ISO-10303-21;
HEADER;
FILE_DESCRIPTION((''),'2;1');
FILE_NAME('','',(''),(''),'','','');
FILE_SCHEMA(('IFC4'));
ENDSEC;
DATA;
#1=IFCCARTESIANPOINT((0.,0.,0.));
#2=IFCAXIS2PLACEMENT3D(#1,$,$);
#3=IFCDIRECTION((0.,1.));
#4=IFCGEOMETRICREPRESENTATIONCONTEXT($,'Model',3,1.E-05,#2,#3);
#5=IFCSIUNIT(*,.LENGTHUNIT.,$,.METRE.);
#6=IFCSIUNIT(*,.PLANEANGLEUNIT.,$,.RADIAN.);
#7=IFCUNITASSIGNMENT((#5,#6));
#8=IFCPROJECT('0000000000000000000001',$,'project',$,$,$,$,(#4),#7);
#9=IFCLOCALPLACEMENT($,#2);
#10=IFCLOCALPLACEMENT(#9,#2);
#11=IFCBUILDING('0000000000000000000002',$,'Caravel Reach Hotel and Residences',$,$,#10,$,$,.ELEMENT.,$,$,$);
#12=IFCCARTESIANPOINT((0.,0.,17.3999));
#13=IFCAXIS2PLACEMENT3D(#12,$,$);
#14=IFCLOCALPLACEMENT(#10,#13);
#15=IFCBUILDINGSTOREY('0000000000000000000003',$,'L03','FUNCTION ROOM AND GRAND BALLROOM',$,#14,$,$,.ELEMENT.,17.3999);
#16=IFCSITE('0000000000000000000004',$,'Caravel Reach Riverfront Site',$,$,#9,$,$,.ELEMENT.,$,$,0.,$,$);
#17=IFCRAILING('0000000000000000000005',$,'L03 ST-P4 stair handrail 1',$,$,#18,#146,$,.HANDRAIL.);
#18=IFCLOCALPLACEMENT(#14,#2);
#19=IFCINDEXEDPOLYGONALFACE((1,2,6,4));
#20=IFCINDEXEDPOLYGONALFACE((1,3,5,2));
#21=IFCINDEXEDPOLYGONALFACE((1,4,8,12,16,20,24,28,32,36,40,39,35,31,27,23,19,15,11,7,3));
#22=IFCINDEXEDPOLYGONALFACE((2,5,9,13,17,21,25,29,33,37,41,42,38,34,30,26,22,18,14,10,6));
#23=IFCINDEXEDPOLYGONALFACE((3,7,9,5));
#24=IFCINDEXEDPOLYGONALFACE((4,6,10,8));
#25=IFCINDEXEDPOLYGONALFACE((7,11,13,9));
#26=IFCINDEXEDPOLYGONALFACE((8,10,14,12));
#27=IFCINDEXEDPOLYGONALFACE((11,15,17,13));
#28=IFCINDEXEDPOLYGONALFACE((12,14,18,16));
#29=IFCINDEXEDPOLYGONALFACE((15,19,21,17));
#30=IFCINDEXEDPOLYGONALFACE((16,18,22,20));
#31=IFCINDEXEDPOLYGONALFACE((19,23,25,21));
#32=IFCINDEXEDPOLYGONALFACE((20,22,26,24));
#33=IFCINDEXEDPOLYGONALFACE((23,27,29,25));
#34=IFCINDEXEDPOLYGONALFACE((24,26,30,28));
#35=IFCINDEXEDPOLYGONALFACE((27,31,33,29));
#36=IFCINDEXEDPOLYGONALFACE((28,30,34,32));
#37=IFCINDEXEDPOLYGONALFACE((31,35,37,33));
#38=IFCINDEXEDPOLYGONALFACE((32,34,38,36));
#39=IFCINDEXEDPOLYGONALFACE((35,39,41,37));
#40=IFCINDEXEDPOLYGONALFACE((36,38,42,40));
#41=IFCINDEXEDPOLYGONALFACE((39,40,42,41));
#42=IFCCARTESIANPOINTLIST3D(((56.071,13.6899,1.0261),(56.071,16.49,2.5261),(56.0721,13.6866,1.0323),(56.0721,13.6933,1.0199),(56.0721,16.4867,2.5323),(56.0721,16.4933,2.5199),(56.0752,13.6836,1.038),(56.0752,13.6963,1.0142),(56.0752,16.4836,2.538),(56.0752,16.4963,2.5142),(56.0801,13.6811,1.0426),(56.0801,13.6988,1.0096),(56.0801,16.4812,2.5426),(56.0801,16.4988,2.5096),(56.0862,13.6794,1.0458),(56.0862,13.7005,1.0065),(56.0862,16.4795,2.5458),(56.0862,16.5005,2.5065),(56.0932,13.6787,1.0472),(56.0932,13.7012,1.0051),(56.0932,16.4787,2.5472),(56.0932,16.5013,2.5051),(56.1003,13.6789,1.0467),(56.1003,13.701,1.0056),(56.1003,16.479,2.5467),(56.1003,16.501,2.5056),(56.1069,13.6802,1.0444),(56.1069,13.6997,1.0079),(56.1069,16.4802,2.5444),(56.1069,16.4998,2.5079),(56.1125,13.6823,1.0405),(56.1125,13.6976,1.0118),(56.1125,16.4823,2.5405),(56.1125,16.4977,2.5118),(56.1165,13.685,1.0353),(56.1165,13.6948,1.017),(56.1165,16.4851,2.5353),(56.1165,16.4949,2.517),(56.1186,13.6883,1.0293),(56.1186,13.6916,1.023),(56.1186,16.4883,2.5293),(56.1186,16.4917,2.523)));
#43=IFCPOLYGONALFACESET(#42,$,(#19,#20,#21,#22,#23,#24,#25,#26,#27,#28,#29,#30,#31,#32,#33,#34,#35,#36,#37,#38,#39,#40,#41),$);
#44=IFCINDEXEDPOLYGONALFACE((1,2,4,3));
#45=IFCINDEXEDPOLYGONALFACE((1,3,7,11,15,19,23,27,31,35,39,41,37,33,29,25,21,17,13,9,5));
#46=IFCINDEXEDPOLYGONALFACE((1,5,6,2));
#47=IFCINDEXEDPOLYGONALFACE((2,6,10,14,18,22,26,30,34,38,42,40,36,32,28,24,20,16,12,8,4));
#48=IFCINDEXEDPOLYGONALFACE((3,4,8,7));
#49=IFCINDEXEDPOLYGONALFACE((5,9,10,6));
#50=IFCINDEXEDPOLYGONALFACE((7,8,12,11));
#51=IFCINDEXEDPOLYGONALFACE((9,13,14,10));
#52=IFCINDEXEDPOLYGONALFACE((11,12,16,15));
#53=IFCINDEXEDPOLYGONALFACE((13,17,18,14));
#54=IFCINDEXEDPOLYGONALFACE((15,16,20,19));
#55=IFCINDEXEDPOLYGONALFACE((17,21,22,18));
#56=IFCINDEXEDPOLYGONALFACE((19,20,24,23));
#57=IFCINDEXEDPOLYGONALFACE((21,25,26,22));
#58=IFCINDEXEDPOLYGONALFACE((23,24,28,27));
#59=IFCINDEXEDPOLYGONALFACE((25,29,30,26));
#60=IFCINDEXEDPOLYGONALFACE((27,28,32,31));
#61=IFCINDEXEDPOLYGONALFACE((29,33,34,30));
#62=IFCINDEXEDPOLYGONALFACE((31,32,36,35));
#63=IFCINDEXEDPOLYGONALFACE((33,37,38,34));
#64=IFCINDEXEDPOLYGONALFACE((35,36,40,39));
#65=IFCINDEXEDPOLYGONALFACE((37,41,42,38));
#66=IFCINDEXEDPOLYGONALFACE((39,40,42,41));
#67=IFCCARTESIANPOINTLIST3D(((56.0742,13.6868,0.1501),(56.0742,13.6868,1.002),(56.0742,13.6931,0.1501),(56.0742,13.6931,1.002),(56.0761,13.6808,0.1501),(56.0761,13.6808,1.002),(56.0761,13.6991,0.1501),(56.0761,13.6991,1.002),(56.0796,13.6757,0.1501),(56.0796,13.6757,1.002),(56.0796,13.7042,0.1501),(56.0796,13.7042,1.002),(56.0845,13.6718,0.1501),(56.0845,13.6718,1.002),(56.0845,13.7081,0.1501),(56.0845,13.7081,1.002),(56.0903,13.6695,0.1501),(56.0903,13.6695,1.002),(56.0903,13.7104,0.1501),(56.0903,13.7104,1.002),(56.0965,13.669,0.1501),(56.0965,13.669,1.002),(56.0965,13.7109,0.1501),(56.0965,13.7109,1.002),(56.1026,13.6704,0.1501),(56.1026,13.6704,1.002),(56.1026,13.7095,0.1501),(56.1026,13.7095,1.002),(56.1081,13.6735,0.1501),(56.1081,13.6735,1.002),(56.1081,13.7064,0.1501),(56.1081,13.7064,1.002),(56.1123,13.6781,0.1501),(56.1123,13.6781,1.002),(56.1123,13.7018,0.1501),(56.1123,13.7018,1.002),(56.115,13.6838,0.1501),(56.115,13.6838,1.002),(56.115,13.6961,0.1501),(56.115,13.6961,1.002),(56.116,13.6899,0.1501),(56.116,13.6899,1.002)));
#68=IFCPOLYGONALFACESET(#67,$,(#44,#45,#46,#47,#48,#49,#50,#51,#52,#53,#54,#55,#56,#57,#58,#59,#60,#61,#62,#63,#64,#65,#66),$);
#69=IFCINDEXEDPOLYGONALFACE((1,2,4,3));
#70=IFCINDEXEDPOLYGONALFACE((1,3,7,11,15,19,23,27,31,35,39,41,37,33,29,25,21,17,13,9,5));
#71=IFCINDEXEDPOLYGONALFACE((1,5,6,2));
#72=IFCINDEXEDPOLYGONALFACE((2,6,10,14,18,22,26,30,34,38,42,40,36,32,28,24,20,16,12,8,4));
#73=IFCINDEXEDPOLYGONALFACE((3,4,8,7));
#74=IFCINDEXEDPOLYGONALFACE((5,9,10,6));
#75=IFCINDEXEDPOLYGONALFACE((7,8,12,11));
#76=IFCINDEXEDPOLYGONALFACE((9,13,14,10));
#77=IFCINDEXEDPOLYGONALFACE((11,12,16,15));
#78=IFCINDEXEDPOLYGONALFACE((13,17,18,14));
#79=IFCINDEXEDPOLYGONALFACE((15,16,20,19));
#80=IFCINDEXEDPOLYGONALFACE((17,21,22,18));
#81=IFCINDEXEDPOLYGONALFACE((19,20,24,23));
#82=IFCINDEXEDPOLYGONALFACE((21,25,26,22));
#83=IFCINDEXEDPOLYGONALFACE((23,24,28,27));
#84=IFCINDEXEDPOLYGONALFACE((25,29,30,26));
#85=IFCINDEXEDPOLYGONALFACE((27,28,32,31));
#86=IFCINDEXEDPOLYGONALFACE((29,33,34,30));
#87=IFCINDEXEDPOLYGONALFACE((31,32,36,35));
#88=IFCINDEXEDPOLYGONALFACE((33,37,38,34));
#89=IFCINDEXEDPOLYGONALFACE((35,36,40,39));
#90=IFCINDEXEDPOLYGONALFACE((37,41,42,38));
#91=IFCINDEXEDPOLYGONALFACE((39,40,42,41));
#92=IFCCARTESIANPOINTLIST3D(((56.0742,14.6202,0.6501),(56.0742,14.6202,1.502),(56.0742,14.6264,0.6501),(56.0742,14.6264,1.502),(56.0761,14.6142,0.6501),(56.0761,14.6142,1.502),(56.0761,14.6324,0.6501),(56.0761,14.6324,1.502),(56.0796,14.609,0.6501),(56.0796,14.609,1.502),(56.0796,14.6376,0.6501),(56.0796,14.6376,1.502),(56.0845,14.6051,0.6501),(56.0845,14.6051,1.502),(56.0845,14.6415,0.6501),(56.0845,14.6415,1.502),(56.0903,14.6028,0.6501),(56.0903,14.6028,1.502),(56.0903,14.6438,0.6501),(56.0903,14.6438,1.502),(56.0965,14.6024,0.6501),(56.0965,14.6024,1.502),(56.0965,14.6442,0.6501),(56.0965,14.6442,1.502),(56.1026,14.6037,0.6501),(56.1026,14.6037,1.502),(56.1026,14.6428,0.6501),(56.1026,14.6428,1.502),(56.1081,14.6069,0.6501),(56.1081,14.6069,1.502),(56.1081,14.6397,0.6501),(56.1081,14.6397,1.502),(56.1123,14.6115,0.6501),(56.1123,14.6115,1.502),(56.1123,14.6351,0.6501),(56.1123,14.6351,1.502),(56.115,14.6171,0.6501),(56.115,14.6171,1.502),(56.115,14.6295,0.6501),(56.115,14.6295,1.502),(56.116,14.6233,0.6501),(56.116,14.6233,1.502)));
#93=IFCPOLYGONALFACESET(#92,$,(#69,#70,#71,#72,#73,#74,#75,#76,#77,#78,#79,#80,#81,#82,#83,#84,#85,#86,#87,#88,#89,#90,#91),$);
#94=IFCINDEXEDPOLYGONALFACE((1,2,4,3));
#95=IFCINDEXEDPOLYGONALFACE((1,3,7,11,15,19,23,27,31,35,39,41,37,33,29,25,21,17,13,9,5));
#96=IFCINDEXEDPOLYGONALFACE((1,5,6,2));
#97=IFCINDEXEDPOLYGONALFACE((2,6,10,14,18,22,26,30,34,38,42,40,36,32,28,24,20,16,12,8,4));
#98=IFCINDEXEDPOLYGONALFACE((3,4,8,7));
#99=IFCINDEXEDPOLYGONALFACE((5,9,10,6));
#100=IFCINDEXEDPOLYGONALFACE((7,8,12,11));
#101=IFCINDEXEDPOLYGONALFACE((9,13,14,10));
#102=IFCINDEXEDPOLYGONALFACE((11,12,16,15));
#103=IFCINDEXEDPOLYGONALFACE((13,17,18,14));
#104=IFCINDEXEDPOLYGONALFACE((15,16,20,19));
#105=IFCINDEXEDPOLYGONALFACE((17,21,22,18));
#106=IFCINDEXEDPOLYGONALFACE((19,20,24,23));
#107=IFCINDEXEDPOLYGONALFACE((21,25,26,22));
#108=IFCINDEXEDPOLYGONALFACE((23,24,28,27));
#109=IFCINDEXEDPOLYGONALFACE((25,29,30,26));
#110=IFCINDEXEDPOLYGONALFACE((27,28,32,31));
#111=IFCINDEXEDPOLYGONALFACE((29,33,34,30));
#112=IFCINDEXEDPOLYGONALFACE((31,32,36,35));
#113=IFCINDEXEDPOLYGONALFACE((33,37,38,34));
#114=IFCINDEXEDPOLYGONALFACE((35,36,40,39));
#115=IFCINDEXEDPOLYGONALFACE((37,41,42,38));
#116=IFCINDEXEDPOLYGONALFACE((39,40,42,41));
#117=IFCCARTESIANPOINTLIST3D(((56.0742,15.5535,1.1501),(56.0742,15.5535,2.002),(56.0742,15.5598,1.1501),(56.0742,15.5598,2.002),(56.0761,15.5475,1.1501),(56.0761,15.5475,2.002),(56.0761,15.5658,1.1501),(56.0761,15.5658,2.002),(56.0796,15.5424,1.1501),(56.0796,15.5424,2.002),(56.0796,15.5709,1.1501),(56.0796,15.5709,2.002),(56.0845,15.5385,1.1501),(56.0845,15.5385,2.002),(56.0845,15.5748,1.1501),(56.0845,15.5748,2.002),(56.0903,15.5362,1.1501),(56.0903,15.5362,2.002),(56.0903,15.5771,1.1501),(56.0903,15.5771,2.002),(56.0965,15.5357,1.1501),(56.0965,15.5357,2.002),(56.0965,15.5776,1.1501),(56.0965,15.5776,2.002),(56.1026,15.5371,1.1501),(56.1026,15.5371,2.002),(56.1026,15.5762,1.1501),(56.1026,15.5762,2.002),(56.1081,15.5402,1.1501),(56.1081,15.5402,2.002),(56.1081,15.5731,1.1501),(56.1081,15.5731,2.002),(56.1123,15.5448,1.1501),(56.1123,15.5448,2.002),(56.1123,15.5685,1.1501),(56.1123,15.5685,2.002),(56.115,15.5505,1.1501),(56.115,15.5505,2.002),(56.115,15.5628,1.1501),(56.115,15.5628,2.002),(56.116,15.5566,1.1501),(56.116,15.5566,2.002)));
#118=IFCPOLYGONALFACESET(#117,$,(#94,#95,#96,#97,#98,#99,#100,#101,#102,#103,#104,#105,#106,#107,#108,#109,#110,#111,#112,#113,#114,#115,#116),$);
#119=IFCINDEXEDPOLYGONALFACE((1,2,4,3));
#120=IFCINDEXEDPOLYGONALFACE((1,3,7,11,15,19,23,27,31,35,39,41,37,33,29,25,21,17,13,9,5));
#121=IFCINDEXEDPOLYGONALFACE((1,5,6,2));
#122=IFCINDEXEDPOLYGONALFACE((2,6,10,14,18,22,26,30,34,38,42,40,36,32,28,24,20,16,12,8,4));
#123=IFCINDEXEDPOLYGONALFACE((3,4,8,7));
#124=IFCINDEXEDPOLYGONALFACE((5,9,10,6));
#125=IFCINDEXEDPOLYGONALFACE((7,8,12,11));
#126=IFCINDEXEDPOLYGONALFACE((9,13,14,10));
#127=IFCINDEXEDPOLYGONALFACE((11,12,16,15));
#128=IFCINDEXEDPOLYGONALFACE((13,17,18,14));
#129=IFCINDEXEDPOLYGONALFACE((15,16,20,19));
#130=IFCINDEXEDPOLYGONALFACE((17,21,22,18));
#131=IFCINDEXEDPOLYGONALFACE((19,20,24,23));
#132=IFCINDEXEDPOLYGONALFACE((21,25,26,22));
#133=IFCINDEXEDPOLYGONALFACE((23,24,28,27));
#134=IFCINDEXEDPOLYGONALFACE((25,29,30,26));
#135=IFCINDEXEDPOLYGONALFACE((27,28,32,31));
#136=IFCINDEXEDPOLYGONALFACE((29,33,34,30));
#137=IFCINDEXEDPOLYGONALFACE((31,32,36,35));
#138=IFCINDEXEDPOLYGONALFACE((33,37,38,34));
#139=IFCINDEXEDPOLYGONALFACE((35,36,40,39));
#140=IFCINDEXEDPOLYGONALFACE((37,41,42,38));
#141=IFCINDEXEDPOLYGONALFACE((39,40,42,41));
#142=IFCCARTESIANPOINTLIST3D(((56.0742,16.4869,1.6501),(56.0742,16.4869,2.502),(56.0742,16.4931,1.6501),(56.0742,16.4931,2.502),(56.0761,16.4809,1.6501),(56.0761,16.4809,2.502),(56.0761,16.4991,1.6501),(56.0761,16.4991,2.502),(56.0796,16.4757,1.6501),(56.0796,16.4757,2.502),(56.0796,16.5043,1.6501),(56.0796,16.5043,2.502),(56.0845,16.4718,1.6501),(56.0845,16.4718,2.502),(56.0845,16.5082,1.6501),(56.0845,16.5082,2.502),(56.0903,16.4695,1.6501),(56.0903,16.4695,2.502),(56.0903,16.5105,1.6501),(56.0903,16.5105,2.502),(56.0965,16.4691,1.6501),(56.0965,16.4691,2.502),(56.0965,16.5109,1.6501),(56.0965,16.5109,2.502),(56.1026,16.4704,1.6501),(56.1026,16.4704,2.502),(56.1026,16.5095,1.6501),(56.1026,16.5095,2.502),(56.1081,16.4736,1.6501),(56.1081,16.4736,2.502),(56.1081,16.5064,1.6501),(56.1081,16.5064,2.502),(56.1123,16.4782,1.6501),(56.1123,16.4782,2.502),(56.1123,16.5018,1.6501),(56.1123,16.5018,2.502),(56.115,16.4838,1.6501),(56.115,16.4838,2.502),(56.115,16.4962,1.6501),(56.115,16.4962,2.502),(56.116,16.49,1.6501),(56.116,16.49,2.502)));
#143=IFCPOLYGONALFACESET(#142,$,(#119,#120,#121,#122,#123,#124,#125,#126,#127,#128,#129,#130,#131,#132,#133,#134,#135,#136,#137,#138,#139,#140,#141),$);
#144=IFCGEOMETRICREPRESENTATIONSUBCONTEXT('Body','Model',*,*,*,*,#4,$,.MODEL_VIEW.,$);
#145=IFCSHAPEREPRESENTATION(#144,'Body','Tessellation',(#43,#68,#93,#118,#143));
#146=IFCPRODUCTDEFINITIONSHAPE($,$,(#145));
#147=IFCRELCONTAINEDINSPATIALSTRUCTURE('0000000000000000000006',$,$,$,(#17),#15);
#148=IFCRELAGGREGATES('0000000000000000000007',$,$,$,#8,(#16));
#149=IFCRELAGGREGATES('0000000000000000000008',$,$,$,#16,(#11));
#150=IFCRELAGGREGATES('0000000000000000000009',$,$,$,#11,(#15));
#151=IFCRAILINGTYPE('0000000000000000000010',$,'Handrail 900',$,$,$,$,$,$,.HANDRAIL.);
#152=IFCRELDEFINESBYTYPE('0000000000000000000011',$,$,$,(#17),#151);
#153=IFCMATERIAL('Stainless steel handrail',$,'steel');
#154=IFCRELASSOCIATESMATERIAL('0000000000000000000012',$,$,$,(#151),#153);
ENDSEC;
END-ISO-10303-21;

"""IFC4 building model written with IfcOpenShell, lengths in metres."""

from ifc_helpers import new_model, si_unit, direction, frame, origin, origin_2d, place, context, subcontext, project, spatial, circle, extrude, material, type_object, element, save


model = new_model("IFC4")

# Units and contexts
model_context = context("Model", 3, precision=1e-05, world=origin(), true_north=direction((0.0, 1.0)))
body_context = subcontext(model_context, "Body", "Model", "MODEL_VIEW")
ifc_project = project(units=[si_unit("LENGTHUNIT", "METRE"), si_unit("PLANEANGLEUNIT", "RADIAN")], contexts=[model_context])

# Site, building, storey
site_placement = place(None, origin())
site = spatial("IfcSite", under=ifc_project, at=site_placement, Name="Caravel Reach Riverfront Site", CompositionType="ELEMENT", RefElevation=0.0)
building_placement = place(site_placement, origin())
building = spatial("IfcBuilding", under=site, at=building_placement, Name="Caravel Reach Hotel and Residences", CompositionType="ELEMENT")
storey_placement = place(building_placement, frame((0.0, 0.0, 17.3999)))
storey = spatial("IfcBuildingStorey", under=building, at=storey_placement, Name="L03", Description="FUNCTION ROOM AND GRAND BALLROOM", CompositionType="ELEMENT", Elevation=17.3999)

# Railing
ifc_material_1 = material(Name="Stainless steel handrail", Category="steel")
railing_type_1 = type_object("IfcRailingType", Name="Handrail 900", PredefinedType="HANDRAIL", material=ifc_material_1)
for number, where, name in (
    (1, (56.095, 13.6899, 0.1501), "L03 ST-P4 stair handrail 1"),
):
    element("IfcRailing", number, at=place(storey_placement, frame(where)), inside=storey, type_object=railing_type_1, Name=name, PredefinedType="HANDRAIL", context=body_context, shape_type="SweptSolid", body=[
        extrude(circle(Radius=0.0239, at=origin_2d()), frame((0.0, 0.0, 0.876), z_axis=(0.0, 0.881483, 0.472215), x_axis=(-1.0, 0.0, 0.0)), (0.0, 0.0, 1.0), 3.1765),
        extrude(circle(Radius=0.021, at=origin_2d()), origin(), (0.0, 0.0, 1.0), 0.8518),
        extrude(circle(Radius=0.021, at=origin_2d()), frame((0.0, 0.9333, 0.5)), (0.0, 0.0, 1.0), 0.8518),
        extrude(circle(Radius=0.021, at=origin_2d()), frame((0.0, 1.8667, 1.0)), (0.0, 0.0, 1.0), 0.8518),
        extrude(circle(Radius=0.021, at=origin_2d()), frame((0.0, 2.8, 1.5)), (0.0, 0.0, 1.0), 0.8518),
    ])

save(model, "model.ifc")
